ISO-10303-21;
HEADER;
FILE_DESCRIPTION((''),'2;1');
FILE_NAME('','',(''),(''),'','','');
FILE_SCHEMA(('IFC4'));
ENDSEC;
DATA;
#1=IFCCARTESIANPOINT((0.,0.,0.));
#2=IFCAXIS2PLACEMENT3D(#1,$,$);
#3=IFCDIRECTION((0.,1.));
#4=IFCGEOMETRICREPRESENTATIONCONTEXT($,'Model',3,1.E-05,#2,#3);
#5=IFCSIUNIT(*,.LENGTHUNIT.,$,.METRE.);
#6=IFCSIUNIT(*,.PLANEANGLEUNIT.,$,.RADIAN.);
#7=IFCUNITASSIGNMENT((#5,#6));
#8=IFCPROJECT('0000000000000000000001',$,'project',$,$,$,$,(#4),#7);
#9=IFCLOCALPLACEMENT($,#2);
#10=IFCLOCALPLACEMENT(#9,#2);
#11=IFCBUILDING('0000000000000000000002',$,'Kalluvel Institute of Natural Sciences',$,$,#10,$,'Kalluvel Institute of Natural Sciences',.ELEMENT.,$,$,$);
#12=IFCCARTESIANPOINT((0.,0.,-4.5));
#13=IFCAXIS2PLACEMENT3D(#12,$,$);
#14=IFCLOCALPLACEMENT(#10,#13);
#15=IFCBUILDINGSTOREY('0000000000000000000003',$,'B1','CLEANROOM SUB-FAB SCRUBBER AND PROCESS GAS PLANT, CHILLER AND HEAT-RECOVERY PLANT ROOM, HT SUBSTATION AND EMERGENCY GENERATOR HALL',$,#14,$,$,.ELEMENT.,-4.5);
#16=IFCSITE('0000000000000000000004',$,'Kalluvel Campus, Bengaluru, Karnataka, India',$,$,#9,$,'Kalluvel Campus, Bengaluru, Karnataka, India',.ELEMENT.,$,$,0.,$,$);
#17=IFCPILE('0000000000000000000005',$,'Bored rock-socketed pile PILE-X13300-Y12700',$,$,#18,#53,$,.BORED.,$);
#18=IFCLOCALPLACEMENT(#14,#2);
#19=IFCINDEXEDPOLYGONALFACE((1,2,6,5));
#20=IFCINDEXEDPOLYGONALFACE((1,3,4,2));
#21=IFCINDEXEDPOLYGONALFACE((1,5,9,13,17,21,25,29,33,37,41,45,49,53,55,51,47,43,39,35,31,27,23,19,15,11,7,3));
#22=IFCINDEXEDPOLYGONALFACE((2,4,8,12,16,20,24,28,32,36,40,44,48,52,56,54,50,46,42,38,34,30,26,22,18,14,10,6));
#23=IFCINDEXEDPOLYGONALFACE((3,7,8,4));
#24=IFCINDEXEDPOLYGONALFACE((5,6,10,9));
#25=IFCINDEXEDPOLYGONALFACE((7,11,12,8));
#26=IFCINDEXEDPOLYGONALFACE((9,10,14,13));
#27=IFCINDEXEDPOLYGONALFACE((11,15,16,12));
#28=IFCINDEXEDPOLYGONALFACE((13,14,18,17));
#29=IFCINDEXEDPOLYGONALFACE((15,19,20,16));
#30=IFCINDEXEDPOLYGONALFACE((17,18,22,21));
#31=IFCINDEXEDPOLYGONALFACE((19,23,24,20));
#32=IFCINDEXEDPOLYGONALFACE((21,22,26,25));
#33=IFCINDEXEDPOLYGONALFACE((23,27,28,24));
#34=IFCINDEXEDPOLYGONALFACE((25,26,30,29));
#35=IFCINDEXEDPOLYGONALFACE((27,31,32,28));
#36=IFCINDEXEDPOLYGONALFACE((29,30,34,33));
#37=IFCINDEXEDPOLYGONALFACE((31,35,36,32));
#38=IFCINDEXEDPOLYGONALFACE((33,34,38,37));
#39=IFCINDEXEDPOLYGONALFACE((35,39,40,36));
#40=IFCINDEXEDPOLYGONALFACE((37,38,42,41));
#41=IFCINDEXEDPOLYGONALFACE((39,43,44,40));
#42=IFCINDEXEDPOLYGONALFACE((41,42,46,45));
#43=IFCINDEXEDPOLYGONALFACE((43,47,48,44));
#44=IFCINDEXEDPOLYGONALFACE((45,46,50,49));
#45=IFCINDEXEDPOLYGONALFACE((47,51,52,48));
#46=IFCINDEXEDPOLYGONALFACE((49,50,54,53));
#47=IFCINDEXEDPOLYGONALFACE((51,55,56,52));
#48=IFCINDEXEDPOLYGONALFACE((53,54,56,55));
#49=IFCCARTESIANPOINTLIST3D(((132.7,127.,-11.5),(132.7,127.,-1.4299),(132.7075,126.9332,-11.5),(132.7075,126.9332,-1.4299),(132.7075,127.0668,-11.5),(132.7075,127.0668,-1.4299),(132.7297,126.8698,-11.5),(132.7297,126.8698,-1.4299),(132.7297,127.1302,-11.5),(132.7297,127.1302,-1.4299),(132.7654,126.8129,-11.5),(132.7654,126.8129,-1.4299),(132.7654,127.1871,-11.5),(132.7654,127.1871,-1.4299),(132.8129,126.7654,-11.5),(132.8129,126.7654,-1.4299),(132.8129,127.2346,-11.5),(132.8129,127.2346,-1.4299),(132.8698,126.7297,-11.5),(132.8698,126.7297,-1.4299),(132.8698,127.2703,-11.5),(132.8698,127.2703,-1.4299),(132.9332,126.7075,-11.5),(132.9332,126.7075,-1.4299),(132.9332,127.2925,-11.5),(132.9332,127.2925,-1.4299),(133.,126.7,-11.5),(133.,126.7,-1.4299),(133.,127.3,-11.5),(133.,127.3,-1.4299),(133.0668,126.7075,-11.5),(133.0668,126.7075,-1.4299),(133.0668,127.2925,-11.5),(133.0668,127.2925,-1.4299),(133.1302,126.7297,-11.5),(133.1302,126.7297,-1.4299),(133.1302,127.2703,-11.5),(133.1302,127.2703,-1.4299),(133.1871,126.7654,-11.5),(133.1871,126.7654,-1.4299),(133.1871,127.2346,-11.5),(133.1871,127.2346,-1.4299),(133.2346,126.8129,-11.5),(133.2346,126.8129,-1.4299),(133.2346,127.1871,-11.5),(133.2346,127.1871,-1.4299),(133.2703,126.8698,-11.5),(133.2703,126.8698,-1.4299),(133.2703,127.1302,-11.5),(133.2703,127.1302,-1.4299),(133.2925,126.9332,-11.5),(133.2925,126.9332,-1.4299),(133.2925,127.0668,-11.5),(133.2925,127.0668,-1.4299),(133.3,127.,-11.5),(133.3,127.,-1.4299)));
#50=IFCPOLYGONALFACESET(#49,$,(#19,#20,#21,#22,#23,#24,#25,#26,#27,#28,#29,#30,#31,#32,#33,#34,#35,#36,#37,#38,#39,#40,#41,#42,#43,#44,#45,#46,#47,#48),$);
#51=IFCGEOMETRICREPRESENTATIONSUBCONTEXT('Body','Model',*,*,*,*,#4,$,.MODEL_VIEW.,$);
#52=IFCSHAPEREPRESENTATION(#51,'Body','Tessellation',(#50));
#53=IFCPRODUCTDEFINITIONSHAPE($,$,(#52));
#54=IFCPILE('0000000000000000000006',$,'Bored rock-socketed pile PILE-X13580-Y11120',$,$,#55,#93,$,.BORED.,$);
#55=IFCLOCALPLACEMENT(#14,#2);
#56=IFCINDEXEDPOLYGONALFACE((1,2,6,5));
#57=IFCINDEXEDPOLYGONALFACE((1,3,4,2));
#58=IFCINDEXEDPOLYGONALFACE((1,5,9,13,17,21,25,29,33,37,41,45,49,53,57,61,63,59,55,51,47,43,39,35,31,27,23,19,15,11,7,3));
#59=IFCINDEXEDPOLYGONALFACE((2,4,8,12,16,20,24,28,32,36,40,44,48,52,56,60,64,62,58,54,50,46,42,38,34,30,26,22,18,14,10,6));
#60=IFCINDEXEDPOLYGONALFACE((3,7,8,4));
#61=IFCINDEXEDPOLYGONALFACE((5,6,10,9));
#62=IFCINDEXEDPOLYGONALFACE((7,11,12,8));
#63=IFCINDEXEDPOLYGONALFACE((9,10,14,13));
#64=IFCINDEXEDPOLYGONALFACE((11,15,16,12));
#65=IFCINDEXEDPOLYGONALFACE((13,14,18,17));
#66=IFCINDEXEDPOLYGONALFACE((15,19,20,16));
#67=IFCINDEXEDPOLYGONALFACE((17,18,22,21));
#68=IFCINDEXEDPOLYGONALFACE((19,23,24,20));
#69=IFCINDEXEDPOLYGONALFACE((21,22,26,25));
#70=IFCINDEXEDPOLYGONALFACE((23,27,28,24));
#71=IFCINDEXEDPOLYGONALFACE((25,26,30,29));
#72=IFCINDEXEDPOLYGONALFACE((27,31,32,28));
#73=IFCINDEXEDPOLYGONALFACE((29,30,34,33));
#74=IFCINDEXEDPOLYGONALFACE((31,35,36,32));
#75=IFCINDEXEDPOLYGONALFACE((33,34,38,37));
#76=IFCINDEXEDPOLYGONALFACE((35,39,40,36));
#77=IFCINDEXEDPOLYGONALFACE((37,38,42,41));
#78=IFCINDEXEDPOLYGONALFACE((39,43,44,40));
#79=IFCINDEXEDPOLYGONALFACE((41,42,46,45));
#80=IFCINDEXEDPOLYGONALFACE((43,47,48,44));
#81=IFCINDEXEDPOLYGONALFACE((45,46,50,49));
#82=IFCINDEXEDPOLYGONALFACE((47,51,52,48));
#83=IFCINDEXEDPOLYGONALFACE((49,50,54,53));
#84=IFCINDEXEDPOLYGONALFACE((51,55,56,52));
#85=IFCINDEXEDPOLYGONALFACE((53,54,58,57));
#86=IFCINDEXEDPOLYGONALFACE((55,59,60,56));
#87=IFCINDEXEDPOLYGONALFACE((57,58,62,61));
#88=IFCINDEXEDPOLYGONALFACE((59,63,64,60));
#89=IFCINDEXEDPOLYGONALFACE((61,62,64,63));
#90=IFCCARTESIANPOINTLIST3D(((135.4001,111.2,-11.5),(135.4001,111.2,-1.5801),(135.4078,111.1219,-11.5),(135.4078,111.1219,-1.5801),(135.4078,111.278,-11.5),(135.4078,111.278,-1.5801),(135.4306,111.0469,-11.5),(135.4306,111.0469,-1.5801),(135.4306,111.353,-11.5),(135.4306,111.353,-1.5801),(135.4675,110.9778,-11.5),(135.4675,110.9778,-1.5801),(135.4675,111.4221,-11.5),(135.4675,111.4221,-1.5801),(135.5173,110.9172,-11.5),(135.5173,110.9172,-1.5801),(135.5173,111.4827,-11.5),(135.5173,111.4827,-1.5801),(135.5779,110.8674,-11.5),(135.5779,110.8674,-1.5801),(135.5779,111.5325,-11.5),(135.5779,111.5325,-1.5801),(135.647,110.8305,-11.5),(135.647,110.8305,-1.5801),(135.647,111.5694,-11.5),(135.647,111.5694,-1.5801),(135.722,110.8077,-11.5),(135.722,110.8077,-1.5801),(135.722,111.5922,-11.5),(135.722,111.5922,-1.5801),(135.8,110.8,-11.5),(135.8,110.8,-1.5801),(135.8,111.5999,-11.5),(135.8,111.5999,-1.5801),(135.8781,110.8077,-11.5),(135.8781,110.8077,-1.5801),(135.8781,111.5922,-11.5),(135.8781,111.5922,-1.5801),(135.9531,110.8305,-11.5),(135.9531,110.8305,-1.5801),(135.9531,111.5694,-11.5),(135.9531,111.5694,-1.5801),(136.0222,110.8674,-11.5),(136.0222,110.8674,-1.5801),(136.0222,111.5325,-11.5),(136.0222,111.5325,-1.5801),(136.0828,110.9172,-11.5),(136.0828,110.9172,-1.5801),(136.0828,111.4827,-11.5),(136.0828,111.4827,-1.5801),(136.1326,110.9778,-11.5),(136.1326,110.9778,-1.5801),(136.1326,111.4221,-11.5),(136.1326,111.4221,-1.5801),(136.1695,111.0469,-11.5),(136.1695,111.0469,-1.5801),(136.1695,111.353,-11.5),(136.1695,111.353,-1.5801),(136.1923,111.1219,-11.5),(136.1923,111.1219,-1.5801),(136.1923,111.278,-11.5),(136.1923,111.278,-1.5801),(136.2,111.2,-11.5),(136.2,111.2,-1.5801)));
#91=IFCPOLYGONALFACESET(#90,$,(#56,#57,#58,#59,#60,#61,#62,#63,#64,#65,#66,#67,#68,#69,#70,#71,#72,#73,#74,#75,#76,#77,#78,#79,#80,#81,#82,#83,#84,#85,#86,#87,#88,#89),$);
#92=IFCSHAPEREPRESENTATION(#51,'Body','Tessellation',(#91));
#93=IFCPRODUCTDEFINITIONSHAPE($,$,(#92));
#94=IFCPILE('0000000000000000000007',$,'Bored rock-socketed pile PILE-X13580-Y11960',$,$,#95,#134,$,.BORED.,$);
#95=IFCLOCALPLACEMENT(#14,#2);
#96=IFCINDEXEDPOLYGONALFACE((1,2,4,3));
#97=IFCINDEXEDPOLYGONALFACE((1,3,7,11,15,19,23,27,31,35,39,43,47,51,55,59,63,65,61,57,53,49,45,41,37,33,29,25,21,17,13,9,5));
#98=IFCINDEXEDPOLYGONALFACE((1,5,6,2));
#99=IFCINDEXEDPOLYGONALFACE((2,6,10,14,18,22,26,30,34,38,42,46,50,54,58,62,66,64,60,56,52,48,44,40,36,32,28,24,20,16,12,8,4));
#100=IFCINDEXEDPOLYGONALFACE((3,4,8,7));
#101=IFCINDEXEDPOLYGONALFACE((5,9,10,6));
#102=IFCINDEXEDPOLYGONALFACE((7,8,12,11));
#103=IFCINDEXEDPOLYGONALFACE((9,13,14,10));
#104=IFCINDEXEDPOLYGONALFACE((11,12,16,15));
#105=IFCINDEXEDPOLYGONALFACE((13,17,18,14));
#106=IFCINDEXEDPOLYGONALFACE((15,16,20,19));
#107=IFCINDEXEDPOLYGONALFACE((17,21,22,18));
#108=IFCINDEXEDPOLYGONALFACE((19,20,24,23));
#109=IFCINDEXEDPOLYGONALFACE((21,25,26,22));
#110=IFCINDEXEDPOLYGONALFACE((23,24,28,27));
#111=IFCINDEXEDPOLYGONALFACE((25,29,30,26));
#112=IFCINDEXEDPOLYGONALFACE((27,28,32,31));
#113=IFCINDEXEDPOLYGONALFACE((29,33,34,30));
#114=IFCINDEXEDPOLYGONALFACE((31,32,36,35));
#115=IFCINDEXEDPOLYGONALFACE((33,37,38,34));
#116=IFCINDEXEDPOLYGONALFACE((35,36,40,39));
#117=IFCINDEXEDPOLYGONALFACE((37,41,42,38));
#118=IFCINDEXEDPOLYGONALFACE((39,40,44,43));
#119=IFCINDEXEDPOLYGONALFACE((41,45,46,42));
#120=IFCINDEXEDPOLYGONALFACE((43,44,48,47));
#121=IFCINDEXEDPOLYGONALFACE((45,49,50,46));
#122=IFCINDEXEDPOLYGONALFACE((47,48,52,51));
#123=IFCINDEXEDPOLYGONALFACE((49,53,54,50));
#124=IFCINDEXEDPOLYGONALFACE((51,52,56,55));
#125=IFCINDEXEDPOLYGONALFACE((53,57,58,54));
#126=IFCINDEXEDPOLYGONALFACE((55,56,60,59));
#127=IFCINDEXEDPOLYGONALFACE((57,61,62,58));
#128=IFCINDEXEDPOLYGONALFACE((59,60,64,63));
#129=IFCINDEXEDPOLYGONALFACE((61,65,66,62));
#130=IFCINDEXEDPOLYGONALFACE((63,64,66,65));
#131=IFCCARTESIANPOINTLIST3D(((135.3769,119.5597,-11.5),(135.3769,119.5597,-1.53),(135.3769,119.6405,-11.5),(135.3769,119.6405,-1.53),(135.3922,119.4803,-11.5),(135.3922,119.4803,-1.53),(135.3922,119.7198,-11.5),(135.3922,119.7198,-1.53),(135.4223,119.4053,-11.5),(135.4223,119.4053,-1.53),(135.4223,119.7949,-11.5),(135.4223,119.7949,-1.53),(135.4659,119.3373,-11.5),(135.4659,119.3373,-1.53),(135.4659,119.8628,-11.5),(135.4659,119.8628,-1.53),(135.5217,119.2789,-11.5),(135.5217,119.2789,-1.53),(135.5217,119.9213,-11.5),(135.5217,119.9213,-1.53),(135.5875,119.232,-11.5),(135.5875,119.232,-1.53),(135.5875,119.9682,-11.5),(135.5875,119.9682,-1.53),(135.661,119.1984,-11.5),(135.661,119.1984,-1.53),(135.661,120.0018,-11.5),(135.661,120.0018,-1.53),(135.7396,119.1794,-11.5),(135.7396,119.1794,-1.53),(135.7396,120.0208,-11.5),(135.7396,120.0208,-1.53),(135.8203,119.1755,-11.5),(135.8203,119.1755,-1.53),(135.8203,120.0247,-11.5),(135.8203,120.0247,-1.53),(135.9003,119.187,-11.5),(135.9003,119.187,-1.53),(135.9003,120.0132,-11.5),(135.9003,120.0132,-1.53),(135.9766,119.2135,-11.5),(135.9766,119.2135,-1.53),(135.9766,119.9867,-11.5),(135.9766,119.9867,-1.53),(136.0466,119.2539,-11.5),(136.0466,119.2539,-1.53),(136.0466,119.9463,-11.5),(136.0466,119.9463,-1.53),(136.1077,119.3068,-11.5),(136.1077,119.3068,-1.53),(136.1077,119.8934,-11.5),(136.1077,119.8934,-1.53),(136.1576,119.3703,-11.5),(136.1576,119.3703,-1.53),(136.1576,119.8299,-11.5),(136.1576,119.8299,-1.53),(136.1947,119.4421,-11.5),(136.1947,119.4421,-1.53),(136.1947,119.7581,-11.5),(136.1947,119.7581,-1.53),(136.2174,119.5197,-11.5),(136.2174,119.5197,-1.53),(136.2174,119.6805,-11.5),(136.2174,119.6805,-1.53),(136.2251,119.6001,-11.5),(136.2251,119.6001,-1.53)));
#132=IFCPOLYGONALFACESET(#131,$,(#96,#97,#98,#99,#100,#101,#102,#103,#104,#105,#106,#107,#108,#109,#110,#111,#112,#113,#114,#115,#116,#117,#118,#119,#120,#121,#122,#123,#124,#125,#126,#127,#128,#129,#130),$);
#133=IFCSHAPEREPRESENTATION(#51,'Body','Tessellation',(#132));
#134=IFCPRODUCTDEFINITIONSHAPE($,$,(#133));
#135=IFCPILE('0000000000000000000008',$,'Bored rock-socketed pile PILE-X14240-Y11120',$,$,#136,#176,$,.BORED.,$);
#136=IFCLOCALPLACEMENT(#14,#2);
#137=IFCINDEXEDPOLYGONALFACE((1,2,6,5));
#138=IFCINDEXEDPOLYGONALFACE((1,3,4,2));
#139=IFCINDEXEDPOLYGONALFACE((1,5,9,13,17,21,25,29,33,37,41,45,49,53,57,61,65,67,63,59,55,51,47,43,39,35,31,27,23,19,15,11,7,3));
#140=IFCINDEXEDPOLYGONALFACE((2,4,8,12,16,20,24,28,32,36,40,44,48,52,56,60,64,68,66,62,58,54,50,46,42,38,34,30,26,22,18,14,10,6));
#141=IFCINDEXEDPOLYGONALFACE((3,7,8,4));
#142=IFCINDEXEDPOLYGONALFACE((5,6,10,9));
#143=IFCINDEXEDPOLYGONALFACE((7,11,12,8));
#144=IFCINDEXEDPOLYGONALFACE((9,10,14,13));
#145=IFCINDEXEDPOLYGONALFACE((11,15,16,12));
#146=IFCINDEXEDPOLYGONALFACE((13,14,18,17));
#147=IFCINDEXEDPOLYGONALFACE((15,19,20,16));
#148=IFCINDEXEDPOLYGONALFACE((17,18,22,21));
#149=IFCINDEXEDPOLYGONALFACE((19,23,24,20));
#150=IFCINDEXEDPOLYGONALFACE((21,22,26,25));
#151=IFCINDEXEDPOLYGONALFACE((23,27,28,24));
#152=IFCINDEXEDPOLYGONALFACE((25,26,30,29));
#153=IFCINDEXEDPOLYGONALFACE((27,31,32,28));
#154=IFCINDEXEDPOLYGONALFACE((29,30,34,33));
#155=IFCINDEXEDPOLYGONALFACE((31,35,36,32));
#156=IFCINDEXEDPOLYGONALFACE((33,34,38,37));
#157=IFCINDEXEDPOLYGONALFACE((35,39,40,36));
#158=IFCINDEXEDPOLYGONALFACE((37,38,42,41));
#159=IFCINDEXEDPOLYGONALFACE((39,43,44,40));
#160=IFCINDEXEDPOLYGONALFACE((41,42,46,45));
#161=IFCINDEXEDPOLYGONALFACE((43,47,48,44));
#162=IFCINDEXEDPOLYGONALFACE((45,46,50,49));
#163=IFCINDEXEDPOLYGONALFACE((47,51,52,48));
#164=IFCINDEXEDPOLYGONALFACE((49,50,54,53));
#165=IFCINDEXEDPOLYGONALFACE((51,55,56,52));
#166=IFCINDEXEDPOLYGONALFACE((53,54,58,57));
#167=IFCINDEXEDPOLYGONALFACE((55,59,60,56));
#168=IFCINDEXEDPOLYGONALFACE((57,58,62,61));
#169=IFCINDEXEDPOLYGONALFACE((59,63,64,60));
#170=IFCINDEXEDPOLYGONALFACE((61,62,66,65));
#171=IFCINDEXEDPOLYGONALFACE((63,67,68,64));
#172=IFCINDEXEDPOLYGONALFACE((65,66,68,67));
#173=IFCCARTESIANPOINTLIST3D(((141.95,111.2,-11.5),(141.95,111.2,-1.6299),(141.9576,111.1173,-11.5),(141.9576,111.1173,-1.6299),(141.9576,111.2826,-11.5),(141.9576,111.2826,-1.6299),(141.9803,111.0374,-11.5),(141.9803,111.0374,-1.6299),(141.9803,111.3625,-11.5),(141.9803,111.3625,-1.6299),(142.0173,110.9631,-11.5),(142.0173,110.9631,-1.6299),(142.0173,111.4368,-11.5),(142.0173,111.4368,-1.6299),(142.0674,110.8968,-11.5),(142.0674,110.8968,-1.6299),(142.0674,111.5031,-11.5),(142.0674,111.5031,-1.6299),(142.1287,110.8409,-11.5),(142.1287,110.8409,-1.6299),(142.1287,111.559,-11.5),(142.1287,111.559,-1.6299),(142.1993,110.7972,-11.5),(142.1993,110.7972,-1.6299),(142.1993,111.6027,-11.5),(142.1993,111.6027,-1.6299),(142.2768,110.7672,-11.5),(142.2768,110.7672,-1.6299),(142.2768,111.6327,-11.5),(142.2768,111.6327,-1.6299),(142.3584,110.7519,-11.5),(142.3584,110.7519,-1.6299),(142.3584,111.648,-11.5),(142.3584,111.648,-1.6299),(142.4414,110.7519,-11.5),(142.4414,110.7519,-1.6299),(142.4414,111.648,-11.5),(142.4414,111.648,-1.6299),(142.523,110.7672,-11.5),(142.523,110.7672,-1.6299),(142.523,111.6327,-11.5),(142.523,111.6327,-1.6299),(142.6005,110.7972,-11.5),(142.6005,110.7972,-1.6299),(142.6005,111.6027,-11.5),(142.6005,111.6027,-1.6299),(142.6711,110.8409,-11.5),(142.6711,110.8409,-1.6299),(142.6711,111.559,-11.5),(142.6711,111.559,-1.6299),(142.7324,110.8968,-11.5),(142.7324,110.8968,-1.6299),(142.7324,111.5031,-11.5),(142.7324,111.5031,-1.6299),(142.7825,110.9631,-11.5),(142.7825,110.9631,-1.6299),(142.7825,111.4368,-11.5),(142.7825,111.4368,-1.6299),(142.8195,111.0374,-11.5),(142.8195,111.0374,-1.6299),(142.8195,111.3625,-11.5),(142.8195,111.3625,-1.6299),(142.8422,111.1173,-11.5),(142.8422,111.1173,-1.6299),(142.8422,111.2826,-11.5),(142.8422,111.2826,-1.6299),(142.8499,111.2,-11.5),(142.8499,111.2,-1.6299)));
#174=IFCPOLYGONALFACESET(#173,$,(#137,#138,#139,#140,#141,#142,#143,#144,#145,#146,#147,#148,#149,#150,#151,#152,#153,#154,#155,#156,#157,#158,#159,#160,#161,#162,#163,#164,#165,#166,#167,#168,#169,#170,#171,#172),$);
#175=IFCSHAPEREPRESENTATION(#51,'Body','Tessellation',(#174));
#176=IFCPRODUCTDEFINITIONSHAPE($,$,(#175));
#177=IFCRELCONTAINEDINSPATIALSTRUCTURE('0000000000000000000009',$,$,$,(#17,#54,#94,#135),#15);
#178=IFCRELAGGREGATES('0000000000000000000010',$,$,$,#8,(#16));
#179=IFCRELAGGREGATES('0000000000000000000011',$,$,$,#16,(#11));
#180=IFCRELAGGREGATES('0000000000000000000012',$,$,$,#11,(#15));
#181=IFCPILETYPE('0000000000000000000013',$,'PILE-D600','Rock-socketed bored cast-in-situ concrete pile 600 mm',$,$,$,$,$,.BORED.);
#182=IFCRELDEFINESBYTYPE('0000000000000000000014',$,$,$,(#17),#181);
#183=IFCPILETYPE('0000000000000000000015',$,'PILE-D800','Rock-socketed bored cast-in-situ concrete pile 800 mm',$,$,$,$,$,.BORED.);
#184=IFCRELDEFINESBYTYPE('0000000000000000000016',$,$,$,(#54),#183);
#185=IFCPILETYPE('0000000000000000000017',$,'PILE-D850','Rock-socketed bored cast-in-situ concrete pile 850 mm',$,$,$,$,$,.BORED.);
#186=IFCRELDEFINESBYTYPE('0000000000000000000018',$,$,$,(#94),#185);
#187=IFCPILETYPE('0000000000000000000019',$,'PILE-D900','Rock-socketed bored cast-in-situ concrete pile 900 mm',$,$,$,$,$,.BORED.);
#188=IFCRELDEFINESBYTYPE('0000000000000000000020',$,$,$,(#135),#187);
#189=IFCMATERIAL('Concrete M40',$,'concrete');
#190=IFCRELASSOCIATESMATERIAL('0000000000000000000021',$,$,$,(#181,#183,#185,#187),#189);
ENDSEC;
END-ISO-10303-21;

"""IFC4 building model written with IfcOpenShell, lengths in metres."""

from ifc_helpers import new_model, si_unit, direction, frame, origin, origin_2d, place, context, subcontext, project, spatial, circle, extrude, material, material_profile, profile_set, type_object, element, save


model = new_model("IFC4")

# Units and contexts
model_context = context("Model", 3, precision=1e-05, world=origin(), true_north=direction((0.0, 1.0)))
body_context = subcontext(model_context, "Body", "Model", "MODEL_VIEW")
ifc_project = project(units=[si_unit("LENGTHUNIT", "METRE"), si_unit("PLANEANGLEUNIT", "RADIAN")], contexts=[model_context])

# Site, building, storey
site_placement = place(None, origin())
site = spatial("IfcSite", under=ifc_project, at=site_placement, Name="Kalluvel Campus, Bengaluru, Karnataka, India", LongName="Kalluvel Campus, Bengaluru, Karnataka, India", CompositionType="ELEMENT", RefElevation=0.0)
building_placement = place(site_placement, origin())
building = spatial("IfcBuilding", under=site, at=building_placement, Name="Kalluvel Institute of Natural Sciences", LongName="Kalluvel Institute of Natural Sciences", CompositionType="ELEMENT")
storey_placement = place(building_placement, frame((0.0, 0.0, -4.5)))
storey = spatial("IfcBuildingStorey", under=building, at=storey_placement, Name="B1", Description="CLEANROOM SUB-FAB SCRUBBER AND PROCESS GAS PLANT, CHILLER AND HEAT-RECOVERY PLANT ROOM, HT SUBSTATION AND EMERGENCY GENERATOR HALL", CompositionType="ELEMENT", Elevation=-4.5)

# Shared definitions
ifc_material_1 = material(Name="Concrete M40", Category="concrete")

# Piles
ifc_material_profile_1 = material_profile(ifc_material_1, circle(Radius=0.3, at=origin_2d()), Name="PILE D600")
ifc_profile_set_1 = profile_set([ifc_material_profile_1], Name="Concrete M40")
pile_type_1 = type_object("IfcPileType", Name="PILE-D600", Description="Rock-socketed bored cast-in-situ concrete pile 600 mm", PredefinedType="BORED", material=ifc_profile_set_1)
pile_1_placement = place(storey_placement, frame((133.0, 127.0, -1.4299), z_axis=(0.0, 0.0, -1.0), x_axis=(1.0, 0.0, 0.0)))
element("IfcPile", 1, at=pile_1_placement, inside=storey, type_object=pile_type_1, Name="Bored rock-socketed pile PILE-X13300-Y12700", PredefinedType="BORED", context=body_context, shape_type="SweptSolid", body=[
    extrude(circle(Radius=0.3, at=origin_2d()), origin(), (0.0, 0.0, 1.0), 10.0701),
])
ifc_material_profile_2 = material_profile(ifc_material_1, circle(Radius=0.3999, at=origin_2d()), Name="PILE D800")
ifc_profile_set_2 = profile_set([ifc_material_profile_2], Name="Concrete M40")
pile_type_2 = type_object("IfcPileType", Name="PILE-D800", Description="Rock-socketed bored cast-in-situ concrete pile 800 mm", PredefinedType="BORED", material=ifc_profile_set_2)
pile_2_placement = place(storey_placement, frame((135.8, 111.2, -1.5801), z_axis=(0.0, 0.0, -1.0), x_axis=(1.0, 0.0, 0.0)))
element("IfcPile", 2, at=pile_2_placement, inside=storey, type_object=pile_type_2, Name="Bored rock-socketed pile PILE-X13580-Y11120", PredefinedType="BORED", context=body_context, shape_type="SweptSolid", body=[
    extrude(circle(Radius=0.3999, at=origin_2d()), origin(), (0.0, 0.0, 1.0), 9.9199),
])
ifc_material_profile_3 = material_profile(ifc_material_1, circle(Radius=0.425, at=origin_2d()), Name="PILE D850")
ifc_profile_set_3 = profile_set([ifc_material_profile_3], Name="Concrete M40")
pile_type_3 = type_object("IfcPileType", Name="PILE-D850", Description="Rock-socketed bored cast-in-situ concrete pile 850 mm", PredefinedType="BORED", material=ifc_profile_set_3)
pile_3_placement = place(storey_placement, frame((135.8, 119.6001, -1.53), z_axis=(0.0, 0.0, -1.0), x_axis=(1.0, 0.0, 0.0)))
element("IfcPile", 3, at=pile_3_placement, inside=storey, type_object=pile_type_3, Name="Bored rock-socketed pile PILE-X13580-Y11960", PredefinedType="BORED", context=body_context, shape_type="SweptSolid", body=[
    extrude(circle(Radius=0.425, at=origin_2d()), origin(), (0.0, 0.0, 1.0), 9.97),
])
ifc_material_profile_4 = material_profile(ifc_material_1, circle(Radius=0.45, at=origin_2d()), Name="PILE D900")
ifc_profile_set_4 = profile_set([ifc_material_profile_4], Name="Concrete M40")
pile_type_4 = type_object("IfcPileType", Name="PILE-D900", Description="Rock-socketed bored cast-in-situ concrete pile 900 mm", PredefinedType="BORED", material=ifc_profile_set_4)
pile_4_placement = place(storey_placement, frame((142.3999, 111.2, -1.6299), z_axis=(0.0, 0.0, -1.0), x_axis=(1.0, 0.0, 0.0)))
element("IfcPile", 4, at=pile_4_placement, inside=storey, type_object=pile_type_4, Name="Bored rock-socketed pile PILE-X14240-Y11120", PredefinedType="BORED", context=body_context, shape_type="SweptSolid", body=[
    extrude(circle(Radius=0.45, at=origin_2d()), origin(), (0.0, 0.0, 1.0), 9.8701),
])

save(model, "model.ifc")
